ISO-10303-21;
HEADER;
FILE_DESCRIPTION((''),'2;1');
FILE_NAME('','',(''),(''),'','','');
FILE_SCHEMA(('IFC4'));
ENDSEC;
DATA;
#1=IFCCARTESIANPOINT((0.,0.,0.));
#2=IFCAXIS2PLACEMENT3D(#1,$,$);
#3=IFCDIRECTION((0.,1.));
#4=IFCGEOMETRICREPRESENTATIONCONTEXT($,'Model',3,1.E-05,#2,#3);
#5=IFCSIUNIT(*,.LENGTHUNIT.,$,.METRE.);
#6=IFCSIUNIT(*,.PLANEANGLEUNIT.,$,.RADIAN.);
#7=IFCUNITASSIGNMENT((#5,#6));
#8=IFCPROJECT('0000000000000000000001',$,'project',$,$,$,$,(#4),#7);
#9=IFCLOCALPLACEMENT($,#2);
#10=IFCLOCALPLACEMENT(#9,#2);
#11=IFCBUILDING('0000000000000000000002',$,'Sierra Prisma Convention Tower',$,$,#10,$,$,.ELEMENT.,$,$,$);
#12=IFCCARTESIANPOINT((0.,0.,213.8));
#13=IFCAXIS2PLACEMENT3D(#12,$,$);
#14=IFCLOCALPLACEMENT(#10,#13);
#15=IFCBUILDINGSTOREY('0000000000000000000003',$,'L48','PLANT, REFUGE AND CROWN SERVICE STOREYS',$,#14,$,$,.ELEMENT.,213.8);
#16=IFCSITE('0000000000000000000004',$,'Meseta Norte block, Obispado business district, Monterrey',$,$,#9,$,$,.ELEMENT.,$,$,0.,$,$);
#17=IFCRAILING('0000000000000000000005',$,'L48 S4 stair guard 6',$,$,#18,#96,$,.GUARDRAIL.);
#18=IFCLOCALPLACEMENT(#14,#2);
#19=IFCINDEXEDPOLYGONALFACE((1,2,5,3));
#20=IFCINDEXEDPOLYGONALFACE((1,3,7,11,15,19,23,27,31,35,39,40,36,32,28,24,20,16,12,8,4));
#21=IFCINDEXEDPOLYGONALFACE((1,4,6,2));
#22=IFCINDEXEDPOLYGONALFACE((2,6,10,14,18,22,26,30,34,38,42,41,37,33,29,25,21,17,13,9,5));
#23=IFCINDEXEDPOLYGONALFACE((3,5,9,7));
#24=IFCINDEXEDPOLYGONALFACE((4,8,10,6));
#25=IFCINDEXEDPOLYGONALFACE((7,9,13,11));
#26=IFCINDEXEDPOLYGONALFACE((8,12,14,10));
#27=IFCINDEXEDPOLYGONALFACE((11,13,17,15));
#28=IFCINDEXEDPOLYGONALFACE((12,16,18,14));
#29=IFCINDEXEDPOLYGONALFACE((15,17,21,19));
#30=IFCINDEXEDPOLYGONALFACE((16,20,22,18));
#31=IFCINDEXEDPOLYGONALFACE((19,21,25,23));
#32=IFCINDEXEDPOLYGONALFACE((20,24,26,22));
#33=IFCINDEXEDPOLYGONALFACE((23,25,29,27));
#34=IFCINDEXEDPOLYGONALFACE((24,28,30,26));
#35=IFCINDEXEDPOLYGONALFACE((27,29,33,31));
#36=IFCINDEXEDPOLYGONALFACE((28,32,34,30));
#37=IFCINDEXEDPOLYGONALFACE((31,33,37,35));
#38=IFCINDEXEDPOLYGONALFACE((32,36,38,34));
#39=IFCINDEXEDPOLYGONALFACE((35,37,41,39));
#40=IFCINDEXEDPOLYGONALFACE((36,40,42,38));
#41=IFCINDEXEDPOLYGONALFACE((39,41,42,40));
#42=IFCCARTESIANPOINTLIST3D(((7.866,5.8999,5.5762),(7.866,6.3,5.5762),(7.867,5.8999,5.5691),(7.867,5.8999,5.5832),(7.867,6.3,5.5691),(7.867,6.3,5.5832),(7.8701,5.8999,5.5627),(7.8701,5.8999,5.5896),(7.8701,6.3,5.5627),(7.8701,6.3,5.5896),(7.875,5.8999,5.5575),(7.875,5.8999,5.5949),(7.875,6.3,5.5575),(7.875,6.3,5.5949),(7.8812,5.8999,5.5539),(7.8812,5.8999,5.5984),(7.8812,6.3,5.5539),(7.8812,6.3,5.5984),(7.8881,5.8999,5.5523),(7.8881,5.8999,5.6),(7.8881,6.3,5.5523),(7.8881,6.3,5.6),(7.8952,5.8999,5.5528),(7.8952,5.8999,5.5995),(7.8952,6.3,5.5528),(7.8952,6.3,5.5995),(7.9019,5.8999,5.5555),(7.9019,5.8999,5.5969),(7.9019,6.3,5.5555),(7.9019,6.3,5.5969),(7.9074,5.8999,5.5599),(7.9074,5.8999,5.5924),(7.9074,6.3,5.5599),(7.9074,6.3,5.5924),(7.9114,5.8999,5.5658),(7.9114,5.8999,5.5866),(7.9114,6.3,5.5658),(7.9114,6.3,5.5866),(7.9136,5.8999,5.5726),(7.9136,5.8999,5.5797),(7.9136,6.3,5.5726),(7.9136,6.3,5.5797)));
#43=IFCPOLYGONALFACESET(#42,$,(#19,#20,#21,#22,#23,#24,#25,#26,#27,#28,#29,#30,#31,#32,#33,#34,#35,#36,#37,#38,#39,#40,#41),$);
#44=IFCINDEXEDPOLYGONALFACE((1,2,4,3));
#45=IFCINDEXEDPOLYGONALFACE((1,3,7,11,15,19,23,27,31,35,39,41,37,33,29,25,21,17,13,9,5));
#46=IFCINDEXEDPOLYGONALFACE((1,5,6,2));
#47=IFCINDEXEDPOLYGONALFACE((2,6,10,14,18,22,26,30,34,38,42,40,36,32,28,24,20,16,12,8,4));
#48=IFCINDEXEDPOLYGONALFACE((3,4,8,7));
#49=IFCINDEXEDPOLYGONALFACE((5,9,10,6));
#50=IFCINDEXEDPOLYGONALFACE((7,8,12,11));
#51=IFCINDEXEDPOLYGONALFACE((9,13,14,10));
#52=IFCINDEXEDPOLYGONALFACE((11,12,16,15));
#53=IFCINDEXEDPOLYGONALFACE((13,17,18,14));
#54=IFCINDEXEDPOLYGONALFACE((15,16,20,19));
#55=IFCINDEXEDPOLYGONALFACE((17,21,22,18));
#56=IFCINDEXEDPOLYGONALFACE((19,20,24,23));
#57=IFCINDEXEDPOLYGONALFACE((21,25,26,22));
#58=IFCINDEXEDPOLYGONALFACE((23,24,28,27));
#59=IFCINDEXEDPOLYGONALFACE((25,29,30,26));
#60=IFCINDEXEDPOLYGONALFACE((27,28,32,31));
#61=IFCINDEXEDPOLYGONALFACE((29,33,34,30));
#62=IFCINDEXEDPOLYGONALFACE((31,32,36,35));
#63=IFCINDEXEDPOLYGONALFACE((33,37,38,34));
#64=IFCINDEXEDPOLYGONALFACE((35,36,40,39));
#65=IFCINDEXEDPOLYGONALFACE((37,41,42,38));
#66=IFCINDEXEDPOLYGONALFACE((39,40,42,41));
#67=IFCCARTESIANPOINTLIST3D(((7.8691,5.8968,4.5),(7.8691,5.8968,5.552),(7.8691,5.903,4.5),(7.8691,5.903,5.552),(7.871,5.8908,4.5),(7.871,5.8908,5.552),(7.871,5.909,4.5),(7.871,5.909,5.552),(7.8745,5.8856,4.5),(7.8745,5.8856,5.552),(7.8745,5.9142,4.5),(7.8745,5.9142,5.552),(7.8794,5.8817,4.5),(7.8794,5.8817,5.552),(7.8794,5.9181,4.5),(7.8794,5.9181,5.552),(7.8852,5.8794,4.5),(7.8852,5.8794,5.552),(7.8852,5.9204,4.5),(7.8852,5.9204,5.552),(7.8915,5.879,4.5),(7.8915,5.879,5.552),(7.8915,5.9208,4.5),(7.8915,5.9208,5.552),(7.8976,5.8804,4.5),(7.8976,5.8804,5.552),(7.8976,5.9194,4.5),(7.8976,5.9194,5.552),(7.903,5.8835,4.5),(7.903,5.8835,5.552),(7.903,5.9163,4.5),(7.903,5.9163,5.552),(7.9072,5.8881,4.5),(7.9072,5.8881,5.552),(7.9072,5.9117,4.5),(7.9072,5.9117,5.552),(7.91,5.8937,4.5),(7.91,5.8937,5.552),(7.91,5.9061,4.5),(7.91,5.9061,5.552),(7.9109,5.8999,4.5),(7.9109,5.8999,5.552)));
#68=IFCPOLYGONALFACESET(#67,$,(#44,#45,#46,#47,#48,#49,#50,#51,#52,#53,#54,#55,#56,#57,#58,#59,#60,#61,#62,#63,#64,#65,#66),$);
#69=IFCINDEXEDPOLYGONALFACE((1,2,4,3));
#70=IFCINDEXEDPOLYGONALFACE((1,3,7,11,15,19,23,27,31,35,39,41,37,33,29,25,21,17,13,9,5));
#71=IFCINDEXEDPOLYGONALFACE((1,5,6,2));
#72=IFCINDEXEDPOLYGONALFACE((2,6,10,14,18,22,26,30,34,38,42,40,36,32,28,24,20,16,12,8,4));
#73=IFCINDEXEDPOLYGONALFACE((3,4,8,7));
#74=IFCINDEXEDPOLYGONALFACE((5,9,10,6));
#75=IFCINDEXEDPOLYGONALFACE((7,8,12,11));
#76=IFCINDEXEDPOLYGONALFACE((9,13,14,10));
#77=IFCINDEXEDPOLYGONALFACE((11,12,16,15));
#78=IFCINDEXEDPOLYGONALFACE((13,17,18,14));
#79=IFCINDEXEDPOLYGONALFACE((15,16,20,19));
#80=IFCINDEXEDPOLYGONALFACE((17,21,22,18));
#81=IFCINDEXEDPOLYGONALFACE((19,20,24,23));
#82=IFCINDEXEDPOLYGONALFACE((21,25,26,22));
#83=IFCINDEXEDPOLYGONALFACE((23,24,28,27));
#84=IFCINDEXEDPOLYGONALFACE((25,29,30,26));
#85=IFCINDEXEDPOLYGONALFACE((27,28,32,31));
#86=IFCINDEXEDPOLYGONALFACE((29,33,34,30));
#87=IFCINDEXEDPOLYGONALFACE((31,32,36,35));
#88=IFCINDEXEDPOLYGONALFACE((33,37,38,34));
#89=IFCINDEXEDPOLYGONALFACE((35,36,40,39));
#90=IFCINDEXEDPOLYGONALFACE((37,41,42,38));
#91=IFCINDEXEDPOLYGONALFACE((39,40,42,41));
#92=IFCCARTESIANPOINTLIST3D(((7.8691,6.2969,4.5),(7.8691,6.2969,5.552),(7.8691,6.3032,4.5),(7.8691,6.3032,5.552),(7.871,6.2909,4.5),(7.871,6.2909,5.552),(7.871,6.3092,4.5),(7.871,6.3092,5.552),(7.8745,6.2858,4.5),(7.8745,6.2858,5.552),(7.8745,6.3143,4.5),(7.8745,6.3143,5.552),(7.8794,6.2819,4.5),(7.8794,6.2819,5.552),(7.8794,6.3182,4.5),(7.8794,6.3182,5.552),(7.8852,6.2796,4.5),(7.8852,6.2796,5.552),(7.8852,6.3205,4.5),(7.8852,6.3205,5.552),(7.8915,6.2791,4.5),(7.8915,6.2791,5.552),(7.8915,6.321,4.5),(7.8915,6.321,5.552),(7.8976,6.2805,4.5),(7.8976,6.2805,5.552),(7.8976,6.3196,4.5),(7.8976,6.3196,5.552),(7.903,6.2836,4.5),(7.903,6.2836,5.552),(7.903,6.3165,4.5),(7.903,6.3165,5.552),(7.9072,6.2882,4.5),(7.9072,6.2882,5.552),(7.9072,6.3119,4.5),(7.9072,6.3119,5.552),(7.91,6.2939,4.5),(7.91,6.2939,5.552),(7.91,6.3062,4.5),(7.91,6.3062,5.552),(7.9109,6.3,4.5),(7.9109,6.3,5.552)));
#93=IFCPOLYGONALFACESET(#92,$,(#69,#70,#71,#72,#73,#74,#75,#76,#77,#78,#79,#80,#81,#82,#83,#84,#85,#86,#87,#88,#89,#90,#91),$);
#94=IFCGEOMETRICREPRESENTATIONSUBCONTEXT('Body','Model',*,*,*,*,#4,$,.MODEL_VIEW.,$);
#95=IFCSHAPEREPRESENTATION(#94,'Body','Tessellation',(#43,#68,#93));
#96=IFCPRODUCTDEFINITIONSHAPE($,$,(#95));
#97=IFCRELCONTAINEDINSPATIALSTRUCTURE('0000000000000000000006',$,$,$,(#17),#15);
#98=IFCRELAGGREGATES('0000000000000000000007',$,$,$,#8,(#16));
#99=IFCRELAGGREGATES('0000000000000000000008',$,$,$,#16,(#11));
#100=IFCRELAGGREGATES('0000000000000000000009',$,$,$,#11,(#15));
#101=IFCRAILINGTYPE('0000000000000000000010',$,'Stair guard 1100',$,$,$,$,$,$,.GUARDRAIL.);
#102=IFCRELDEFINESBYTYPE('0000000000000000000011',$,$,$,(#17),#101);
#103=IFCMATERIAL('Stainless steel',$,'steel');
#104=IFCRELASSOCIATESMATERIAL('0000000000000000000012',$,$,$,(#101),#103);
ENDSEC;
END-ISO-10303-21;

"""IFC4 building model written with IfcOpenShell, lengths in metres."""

from ifc_helpers import new_model, si_unit, direction, frame, origin, origin_2d, place, context, subcontext, project, spatial, circle, extrude, material, type_object, element, save


model = new_model("IFC4")

# Units and contexts
model_context = context("Model", 3, precision=1e-05, world=origin(), true_north=direction((0.0, 1.0)))
body_context = subcontext(model_context, "Body", "Model", "MODEL_VIEW")
ifc_project = project(units=[si_unit("LENGTHUNIT", "METRE"), si_unit("PLANEANGLEUNIT", "RADIAN")], contexts=[model_context])

# Site, building, storey
site_placement = place(None, origin())
site = spatial("IfcSite", under=ifc_project, at=site_placement, Name="Meseta Norte block, Obispado business district, Monterrey", CompositionType="ELEMENT", RefElevation=0.0)
building_placement = place(site_placement, origin())
building = spatial("IfcBuilding", under=site, at=building_placement, Name="Sierra Prisma Convention Tower", CompositionType="ELEMENT")
storey_placement = place(building_placement, frame((0.0, 0.0, 213.8)))
storey = spatial("IfcBuildingStorey", under=building, at=storey_placement, Name="L48", Description="PLANT, REFUGE AND CROWN SERVICE STOREYS", CompositionType="ELEMENT", Elevation=213.8)

# Railing
ifc_material_1 = material(Name="Stainless steel", Category="steel")
railing_type_1 = type_object("IfcRailingType", Name="Stair guard 1100", PredefinedType="GUARDRAIL", material=ifc_material_1)
railing_1_placement = place(storey_placement, frame((7.8899, 5.8999, 4.5)))
element("IfcRailing", 1, at=railing_1_placement, inside=storey, type_object=railing_type_1, Name="L48 S4 stair guard 6", PredefinedType="GUARDRAIL", context=body_context, shape_type="SweptSolid", body=[
    extrude(circle(Radius=0.0239, at=origin_2d()), frame((0.0, 0.0, 1.0762), z_axis=(0.0, 1.0, 0.0), x_axis=(-1.0, 0.0, 0.0)), (0.0, 0.0, 1.0), 0.4001),
    extrude(circle(Radius=0.021, at=origin_2d()), origin(), (0.0, 0.0, 1.0), 1.052),
    extrude(circle(Radius=0.021, at=origin_2d()), frame((0.0, 0.4001, 0.0)), (0.0, 0.0, 1.0), 1.052),
])

save(model, "model.ifc")
